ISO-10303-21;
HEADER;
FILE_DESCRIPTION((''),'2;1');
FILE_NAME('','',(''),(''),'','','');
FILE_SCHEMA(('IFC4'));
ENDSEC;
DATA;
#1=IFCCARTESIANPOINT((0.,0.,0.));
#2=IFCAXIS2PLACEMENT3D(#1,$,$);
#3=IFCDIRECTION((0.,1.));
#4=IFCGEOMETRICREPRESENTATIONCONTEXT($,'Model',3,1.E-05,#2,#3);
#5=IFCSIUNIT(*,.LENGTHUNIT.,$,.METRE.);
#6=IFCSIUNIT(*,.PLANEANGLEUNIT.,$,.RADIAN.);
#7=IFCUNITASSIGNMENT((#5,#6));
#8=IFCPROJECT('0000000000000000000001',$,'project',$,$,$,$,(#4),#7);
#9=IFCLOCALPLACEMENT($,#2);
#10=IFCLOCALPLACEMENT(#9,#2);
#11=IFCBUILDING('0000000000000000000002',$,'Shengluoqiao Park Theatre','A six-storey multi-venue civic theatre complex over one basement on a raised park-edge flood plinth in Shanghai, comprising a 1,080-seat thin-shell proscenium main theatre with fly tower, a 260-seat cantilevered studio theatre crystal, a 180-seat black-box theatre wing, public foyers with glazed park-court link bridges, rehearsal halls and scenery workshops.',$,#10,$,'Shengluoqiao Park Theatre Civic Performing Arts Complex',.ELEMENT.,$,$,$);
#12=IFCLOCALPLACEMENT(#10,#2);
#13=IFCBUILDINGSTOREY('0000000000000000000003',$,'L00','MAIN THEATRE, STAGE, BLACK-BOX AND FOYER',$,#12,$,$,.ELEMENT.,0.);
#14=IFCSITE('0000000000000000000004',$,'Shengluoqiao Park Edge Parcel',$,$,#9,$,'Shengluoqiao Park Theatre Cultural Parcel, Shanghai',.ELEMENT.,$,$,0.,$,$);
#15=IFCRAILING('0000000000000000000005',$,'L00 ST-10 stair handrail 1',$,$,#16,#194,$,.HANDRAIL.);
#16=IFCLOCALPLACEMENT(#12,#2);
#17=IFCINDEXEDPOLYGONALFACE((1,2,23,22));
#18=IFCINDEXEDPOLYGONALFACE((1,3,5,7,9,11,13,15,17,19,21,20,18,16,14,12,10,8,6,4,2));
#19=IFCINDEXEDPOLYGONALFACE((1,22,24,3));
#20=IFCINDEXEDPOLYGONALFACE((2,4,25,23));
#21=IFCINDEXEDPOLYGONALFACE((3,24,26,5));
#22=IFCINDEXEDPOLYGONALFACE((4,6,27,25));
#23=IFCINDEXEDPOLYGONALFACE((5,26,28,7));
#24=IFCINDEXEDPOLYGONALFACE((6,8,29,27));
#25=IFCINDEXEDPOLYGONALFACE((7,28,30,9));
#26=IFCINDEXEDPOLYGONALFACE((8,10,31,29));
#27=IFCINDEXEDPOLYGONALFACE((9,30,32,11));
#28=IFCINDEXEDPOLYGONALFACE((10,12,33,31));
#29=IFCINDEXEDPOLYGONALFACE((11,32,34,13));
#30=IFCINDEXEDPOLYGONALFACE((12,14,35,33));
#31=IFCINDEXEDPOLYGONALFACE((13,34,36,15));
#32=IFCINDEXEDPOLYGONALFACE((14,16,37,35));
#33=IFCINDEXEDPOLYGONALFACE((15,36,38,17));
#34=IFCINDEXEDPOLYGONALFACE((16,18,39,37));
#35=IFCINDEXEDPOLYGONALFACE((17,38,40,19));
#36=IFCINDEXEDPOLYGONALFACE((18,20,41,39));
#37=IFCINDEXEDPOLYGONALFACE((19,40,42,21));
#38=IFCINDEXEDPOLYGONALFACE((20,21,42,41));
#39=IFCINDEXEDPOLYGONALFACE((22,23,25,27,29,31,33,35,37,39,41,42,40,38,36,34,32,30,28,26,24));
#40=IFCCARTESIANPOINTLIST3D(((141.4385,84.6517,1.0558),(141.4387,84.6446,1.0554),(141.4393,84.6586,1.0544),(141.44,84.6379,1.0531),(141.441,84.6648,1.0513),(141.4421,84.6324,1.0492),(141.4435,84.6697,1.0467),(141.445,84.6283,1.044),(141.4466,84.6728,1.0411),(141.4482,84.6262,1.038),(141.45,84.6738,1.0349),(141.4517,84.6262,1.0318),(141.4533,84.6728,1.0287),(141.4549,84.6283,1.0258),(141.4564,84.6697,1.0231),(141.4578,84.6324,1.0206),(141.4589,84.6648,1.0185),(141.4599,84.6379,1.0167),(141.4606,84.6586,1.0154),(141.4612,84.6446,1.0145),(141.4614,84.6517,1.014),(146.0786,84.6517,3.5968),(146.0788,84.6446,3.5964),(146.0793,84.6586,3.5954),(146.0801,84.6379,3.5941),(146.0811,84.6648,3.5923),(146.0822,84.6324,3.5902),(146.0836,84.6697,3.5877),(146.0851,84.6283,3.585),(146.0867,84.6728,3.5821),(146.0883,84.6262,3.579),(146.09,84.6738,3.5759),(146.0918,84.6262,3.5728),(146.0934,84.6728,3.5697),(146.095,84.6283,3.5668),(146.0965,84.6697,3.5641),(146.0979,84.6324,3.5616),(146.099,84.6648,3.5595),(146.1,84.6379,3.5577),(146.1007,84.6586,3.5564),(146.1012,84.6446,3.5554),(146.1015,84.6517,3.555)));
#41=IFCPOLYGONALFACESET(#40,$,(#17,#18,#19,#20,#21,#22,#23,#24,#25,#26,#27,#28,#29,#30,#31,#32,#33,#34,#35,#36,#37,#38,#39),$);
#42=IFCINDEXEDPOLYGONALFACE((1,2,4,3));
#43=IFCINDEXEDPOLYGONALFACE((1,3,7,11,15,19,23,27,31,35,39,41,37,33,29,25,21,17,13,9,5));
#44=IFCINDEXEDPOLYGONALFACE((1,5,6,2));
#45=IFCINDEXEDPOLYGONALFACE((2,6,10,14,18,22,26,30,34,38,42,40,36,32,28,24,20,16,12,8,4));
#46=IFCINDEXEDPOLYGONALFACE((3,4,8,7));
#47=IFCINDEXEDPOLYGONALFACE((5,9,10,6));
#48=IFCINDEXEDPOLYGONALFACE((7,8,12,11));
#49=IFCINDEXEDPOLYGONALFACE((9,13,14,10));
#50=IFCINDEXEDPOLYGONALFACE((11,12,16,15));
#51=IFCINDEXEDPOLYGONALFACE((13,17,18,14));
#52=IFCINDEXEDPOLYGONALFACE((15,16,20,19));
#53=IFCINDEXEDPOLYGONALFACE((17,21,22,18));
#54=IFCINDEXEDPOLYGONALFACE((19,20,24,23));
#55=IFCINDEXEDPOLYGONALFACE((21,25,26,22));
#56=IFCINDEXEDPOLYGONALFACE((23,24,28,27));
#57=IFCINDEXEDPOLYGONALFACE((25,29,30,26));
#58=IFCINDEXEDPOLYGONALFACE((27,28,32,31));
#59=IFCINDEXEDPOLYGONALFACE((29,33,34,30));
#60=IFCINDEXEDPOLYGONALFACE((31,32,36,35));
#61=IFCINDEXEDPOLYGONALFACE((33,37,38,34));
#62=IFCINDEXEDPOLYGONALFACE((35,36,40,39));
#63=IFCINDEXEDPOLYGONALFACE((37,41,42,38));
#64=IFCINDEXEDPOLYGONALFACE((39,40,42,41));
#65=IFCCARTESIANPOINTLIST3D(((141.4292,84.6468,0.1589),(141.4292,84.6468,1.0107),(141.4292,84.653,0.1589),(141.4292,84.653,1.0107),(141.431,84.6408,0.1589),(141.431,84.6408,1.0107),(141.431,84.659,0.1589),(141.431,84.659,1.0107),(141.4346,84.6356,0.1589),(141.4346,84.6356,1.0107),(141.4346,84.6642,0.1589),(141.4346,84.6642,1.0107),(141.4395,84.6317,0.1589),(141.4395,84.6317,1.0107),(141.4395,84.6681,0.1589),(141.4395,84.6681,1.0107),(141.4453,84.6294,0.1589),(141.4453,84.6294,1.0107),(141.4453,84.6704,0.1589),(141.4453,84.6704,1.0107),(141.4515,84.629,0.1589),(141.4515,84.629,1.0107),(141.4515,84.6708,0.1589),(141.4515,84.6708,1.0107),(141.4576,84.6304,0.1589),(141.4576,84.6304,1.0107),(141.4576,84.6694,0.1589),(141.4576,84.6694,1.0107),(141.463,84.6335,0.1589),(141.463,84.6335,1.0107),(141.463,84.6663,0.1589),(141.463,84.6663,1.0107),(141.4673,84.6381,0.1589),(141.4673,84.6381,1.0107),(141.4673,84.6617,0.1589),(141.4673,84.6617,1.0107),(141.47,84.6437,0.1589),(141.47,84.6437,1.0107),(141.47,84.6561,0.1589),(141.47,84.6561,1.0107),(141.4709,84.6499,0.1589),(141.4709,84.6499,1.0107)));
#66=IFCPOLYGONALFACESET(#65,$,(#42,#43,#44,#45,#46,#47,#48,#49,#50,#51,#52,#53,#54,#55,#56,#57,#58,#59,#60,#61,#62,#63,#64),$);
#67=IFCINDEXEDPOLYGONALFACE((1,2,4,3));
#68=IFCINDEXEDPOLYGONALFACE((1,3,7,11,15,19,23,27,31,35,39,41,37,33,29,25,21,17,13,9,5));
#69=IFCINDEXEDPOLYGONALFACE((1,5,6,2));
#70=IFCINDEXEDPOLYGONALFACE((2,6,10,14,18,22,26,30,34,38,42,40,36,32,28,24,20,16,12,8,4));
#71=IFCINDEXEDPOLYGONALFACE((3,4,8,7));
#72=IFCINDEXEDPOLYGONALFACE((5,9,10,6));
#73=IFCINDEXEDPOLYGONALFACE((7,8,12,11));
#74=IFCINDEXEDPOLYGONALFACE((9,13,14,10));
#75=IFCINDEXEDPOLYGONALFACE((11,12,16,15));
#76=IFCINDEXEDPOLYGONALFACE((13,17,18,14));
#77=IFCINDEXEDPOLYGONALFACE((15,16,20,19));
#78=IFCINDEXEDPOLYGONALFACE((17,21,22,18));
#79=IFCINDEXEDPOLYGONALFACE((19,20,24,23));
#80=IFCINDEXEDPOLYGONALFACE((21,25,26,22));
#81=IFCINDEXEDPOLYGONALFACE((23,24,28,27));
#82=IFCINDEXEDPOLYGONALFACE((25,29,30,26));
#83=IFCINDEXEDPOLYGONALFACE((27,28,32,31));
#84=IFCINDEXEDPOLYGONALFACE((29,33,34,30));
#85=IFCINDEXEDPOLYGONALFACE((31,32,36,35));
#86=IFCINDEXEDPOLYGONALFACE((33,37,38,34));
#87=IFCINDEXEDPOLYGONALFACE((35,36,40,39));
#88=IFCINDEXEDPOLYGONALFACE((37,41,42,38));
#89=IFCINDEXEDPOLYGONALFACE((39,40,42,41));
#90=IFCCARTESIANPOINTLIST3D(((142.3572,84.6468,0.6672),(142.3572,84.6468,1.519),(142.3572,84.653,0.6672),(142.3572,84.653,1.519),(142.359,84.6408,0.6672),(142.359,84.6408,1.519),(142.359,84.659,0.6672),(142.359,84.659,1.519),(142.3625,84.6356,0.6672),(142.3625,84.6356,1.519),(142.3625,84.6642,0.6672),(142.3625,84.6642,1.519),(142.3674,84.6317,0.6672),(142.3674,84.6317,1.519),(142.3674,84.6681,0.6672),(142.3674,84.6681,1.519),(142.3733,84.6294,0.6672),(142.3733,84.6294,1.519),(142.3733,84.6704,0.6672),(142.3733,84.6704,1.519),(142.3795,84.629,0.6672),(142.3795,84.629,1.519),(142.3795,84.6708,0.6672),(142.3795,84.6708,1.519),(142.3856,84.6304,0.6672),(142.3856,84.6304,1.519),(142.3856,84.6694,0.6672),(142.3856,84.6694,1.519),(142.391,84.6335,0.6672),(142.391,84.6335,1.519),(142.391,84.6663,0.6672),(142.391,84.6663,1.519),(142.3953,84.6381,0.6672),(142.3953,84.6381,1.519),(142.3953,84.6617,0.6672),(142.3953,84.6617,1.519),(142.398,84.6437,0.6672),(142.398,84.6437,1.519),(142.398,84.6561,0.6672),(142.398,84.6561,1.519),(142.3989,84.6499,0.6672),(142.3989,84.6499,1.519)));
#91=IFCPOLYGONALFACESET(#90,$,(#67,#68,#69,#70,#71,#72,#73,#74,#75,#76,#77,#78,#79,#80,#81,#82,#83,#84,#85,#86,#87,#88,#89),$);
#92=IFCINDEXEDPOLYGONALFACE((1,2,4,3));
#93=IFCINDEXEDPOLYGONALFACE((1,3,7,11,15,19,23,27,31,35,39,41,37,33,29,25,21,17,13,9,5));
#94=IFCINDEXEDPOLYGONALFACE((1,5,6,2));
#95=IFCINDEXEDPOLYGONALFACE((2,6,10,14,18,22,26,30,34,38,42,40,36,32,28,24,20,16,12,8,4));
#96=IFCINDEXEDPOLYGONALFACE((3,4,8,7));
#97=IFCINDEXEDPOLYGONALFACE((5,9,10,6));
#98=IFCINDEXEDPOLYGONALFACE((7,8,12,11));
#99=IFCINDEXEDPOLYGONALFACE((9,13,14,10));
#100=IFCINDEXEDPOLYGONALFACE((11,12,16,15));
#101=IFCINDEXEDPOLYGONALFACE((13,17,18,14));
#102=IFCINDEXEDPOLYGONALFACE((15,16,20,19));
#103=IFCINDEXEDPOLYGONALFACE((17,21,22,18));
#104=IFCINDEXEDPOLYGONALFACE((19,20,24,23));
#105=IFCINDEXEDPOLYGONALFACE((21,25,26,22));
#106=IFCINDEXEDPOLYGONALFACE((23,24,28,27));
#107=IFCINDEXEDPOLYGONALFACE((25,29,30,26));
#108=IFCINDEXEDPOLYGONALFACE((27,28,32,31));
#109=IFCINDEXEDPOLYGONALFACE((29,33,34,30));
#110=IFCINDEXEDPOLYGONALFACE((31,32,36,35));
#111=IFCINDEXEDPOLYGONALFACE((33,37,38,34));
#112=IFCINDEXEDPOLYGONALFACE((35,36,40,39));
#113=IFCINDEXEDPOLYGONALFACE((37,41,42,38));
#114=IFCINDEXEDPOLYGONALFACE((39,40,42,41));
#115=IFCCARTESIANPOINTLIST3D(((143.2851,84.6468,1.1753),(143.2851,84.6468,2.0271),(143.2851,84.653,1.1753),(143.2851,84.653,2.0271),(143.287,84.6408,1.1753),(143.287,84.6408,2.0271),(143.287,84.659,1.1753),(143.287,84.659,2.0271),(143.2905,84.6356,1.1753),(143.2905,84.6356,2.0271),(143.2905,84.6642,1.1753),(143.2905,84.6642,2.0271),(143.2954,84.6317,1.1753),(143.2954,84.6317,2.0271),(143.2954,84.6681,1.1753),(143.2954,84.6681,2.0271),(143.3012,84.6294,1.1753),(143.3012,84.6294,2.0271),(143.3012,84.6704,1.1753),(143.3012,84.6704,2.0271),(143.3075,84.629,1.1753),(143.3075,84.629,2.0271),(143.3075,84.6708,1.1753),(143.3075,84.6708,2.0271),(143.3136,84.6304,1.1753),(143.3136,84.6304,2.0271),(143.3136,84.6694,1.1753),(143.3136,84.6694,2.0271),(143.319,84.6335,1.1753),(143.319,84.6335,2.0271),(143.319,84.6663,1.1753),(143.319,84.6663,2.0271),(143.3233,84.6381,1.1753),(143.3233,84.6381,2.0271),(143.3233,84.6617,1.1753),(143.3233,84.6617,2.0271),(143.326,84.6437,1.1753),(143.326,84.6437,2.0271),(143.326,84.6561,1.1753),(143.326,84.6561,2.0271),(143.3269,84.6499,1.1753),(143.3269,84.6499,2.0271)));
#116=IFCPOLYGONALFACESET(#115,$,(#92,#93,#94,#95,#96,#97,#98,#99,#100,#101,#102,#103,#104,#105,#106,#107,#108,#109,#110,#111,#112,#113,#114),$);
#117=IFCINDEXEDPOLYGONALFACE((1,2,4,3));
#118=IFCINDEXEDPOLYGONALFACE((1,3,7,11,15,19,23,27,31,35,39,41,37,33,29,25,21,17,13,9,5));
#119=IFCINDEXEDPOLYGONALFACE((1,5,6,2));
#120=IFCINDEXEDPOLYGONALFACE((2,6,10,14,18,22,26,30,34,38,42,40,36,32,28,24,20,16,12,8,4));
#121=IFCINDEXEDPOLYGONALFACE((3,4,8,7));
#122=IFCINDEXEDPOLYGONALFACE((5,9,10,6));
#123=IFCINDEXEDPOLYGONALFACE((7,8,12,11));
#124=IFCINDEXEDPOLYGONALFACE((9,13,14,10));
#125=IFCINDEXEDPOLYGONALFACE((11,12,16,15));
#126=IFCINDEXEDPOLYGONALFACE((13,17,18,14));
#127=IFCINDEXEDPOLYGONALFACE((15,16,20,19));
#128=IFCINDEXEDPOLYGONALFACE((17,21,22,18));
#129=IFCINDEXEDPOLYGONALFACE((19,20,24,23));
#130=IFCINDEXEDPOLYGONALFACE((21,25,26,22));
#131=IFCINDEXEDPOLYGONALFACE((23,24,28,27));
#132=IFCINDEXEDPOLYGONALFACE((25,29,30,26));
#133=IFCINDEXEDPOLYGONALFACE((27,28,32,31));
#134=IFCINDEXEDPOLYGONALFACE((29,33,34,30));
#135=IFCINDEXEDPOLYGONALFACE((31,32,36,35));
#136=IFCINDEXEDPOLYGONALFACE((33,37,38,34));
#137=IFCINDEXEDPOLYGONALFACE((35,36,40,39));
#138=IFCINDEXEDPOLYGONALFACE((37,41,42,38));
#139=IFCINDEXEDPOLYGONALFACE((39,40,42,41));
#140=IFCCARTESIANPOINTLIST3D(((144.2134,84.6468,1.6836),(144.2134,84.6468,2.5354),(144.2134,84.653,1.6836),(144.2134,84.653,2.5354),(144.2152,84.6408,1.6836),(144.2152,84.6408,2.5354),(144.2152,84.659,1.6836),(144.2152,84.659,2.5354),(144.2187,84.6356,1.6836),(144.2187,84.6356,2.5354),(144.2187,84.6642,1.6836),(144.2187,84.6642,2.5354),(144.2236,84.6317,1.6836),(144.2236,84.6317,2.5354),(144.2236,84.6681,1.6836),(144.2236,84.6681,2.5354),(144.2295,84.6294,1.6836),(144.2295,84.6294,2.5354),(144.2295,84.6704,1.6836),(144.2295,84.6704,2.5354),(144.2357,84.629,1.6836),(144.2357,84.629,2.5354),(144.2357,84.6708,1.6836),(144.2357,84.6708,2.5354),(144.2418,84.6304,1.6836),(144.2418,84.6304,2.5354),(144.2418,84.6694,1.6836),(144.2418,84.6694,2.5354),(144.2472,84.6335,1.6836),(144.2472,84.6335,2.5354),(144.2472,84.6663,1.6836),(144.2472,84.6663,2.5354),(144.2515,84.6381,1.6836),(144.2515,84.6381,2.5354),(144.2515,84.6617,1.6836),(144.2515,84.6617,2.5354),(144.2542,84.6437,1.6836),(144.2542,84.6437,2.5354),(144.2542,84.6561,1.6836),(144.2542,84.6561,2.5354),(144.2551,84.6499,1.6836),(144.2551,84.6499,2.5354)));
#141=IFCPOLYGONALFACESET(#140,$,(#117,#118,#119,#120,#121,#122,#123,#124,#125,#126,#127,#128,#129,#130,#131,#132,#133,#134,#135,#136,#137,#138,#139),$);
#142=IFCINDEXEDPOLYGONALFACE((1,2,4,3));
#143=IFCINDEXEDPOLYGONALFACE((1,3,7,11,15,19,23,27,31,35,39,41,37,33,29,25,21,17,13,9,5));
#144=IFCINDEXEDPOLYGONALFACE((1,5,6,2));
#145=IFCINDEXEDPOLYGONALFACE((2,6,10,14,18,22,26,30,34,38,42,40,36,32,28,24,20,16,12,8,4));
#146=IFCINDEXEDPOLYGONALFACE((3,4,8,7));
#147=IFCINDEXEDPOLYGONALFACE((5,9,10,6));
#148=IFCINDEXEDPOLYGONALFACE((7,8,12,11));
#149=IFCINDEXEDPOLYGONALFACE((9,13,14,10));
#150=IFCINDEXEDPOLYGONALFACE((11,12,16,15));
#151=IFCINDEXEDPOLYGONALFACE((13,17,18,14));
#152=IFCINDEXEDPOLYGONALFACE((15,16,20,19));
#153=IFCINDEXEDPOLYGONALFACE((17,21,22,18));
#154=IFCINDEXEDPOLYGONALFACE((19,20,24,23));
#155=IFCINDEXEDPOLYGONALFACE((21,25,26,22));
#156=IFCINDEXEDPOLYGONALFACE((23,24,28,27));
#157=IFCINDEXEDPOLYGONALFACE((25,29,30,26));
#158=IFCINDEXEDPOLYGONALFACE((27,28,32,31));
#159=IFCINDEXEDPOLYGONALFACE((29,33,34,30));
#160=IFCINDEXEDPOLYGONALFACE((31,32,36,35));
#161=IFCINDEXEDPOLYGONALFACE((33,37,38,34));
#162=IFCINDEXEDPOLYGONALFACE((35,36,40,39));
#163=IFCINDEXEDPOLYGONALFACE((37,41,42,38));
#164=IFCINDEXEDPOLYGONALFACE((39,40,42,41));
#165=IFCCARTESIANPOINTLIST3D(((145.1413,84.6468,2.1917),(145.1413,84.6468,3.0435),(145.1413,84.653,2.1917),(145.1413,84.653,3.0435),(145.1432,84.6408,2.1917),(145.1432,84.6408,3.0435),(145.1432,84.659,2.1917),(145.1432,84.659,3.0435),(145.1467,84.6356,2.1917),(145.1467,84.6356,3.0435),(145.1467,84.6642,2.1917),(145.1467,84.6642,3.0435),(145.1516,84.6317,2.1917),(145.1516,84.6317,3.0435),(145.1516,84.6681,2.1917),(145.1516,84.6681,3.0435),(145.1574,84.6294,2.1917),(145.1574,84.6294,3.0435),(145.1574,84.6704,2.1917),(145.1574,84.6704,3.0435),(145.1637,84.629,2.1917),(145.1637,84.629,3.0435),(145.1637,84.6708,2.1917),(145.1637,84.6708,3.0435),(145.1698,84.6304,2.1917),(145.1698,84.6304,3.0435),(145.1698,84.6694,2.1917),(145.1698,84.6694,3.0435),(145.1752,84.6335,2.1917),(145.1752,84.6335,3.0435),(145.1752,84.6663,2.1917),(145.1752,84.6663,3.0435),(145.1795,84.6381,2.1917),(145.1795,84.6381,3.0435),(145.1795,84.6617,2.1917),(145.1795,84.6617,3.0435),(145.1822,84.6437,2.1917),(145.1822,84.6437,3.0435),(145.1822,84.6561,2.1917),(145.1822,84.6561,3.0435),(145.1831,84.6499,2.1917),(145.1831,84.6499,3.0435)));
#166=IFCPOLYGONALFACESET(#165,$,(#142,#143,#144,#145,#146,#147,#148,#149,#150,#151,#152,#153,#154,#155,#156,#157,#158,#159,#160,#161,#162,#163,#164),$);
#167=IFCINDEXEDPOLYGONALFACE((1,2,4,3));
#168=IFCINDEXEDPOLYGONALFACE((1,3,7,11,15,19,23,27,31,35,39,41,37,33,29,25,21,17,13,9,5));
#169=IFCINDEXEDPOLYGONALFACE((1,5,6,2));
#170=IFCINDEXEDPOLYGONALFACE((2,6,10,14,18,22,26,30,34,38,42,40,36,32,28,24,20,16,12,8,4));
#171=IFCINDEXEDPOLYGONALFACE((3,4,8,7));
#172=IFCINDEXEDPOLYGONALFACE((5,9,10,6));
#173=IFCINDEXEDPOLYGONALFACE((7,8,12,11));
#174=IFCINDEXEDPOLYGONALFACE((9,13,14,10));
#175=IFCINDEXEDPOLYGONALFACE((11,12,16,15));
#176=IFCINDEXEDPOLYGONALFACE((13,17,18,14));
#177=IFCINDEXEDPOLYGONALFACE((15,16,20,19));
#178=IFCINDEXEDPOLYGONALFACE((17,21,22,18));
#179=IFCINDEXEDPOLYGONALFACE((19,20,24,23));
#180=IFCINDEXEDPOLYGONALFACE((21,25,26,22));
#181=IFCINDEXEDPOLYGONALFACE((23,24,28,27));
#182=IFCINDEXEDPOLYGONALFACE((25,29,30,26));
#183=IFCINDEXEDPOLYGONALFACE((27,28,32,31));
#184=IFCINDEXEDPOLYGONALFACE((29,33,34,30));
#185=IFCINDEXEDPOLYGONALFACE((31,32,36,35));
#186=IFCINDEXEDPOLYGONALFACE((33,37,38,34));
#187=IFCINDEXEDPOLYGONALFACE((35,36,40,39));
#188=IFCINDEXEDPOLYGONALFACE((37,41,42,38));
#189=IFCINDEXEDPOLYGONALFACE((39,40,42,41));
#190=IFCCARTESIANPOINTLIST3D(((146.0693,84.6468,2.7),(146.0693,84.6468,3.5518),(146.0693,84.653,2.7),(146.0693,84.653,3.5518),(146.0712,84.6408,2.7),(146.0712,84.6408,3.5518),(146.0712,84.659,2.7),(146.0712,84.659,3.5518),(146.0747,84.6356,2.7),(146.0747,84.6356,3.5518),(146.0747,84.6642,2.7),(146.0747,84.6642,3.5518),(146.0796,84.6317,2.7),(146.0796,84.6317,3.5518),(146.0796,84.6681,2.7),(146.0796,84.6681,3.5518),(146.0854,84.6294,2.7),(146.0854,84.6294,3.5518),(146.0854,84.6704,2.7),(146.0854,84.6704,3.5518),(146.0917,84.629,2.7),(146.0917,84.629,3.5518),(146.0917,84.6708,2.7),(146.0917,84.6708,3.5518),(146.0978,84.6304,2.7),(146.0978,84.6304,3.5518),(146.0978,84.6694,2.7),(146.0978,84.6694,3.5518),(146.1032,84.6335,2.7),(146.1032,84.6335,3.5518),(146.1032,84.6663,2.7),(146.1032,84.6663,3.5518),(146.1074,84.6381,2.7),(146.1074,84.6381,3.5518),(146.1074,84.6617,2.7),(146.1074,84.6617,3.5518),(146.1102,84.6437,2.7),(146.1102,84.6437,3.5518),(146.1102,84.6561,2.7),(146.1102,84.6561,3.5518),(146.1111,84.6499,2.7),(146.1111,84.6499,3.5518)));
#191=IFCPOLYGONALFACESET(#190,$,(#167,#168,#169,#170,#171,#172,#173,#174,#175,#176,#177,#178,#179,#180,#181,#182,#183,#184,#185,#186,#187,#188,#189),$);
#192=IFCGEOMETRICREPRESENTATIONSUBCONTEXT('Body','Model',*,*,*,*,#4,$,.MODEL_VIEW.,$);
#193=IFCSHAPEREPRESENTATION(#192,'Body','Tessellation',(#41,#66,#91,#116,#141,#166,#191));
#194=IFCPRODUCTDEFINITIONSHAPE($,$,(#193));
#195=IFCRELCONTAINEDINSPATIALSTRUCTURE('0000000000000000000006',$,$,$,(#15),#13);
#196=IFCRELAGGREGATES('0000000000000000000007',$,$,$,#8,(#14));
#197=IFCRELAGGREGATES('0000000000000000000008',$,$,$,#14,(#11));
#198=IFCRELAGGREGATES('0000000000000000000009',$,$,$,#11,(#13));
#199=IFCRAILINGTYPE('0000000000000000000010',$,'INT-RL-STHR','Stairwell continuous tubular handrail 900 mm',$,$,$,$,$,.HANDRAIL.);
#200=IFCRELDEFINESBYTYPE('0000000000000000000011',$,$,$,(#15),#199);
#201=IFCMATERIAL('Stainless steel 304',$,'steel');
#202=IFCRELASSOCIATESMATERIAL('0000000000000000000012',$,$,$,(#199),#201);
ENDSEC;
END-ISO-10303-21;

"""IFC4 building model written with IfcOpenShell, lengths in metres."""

from ifc_helpers import new_model, si_unit, direction, frame, origin, origin_2d, place, context, subcontext, project, spatial, circle, extrude, material, type_object, element, save


model = new_model("IFC4")

# Units and contexts
model_context = context("Model", 3, precision=1e-05, world=origin(), true_north=direction((0.0, 1.0)))
body_context = subcontext(model_context, "Body", "Model", "MODEL_VIEW")
ifc_project = project(units=[si_unit("LENGTHUNIT", "METRE"), si_unit("PLANEANGLEUNIT", "RADIAN")], contexts=[model_context])

# Site, building, storey
site_placement = place(None, origin())
site = spatial("IfcSite", under=ifc_project, at=site_placement, Name="Shengluoqiao Park Edge Parcel", LongName="Shengluoqiao Park Theatre Cultural Parcel, Shanghai", CompositionType="ELEMENT", RefElevation=0.0)
building_placement = place(site_placement, origin())
building = spatial("IfcBuilding", under=site, at=building_placement, Name="Shengluoqiao Park Theatre", Description="A six-storey multi-venue civic theatre complex over one basement on a raised park-edge flood plinth in Shanghai, comprising a 1,080-seat thin-shell proscenium main theatre with fly tower, a 260-seat cantilevered studio theatre crystal, a 180-seat black-box theatre wing, public foyers with glazed park-court link bridges, rehearsal halls and scenery workshops.", LongName="Shengluoqiao Park Theatre Civic Performing Arts Complex", CompositionType="ELEMENT")
storey_placement = place(building_placement, origin())
storey = spatial("IfcBuildingStorey", under=building, at=storey_placement, Name="L00", Description="MAIN THEATRE, STAGE, BLACK-BOX AND FOYER", CompositionType="ELEMENT", Elevation=0.0)

# Railing
ifc_material_1 = material(Name="Stainless steel 304", Category="steel")
railing_type_1 = type_object("IfcRailingType", Name="INT-RL-STHR", Description="Stairwell continuous tubular handrail 900 mm", PredefinedType="HANDRAIL", material=ifc_material_1)
railing_1_placement = place(storey_placement, frame((141.45, 84.6499, 0.1589)))
element("IfcRailing", 1, at=railing_1_placement, inside=storey, type_object=railing_type_1, Name="L00 ST-10 stair handrail 1", PredefinedType="HANDRAIL", context=body_context, shape_type="SweptSolid", body=[
    extrude(circle(Radius=0.0239, at=origin_2d()), frame((0.0, 0.0, 0.876), z_axis=(0.877097, 0.0, 0.480313), x_axis=(0.0, 1.0, 0.0)), (0.0, 0.0, 1.0), 5.2903),
    extrude(circle(Radius=0.021, at=origin_2d()), origin(), (0.0, 0.0, 1.0), 0.8518),
    extrude(circle(Radius=0.021, at=origin_2d()), frame((0.928, 0.0, 0.5083)), (0.0, 0.0, 1.0), 0.8518),
    extrude(circle(Radius=0.021, at=origin_2d()), frame((1.856, 0.0, 1.0164)), (0.0, 0.0, 1.0), 0.8518),
    extrude(circle(Radius=0.021, at=origin_2d()), frame((2.7842, 0.0, 1.5247)), (0.0, 0.0, 1.0), 0.8518),
    extrude(circle(Radius=0.021, at=origin_2d()), frame((3.7122, 0.0, 2.0327)), (0.0, 0.0, 1.0), 0.8518),
    extrude(circle(Radius=0.021, at=origin_2d()), frame((4.6401, 0.0, 2.541)), (0.0, 0.0, 1.0), 0.8518),
])

save(model, "model.ifc")
